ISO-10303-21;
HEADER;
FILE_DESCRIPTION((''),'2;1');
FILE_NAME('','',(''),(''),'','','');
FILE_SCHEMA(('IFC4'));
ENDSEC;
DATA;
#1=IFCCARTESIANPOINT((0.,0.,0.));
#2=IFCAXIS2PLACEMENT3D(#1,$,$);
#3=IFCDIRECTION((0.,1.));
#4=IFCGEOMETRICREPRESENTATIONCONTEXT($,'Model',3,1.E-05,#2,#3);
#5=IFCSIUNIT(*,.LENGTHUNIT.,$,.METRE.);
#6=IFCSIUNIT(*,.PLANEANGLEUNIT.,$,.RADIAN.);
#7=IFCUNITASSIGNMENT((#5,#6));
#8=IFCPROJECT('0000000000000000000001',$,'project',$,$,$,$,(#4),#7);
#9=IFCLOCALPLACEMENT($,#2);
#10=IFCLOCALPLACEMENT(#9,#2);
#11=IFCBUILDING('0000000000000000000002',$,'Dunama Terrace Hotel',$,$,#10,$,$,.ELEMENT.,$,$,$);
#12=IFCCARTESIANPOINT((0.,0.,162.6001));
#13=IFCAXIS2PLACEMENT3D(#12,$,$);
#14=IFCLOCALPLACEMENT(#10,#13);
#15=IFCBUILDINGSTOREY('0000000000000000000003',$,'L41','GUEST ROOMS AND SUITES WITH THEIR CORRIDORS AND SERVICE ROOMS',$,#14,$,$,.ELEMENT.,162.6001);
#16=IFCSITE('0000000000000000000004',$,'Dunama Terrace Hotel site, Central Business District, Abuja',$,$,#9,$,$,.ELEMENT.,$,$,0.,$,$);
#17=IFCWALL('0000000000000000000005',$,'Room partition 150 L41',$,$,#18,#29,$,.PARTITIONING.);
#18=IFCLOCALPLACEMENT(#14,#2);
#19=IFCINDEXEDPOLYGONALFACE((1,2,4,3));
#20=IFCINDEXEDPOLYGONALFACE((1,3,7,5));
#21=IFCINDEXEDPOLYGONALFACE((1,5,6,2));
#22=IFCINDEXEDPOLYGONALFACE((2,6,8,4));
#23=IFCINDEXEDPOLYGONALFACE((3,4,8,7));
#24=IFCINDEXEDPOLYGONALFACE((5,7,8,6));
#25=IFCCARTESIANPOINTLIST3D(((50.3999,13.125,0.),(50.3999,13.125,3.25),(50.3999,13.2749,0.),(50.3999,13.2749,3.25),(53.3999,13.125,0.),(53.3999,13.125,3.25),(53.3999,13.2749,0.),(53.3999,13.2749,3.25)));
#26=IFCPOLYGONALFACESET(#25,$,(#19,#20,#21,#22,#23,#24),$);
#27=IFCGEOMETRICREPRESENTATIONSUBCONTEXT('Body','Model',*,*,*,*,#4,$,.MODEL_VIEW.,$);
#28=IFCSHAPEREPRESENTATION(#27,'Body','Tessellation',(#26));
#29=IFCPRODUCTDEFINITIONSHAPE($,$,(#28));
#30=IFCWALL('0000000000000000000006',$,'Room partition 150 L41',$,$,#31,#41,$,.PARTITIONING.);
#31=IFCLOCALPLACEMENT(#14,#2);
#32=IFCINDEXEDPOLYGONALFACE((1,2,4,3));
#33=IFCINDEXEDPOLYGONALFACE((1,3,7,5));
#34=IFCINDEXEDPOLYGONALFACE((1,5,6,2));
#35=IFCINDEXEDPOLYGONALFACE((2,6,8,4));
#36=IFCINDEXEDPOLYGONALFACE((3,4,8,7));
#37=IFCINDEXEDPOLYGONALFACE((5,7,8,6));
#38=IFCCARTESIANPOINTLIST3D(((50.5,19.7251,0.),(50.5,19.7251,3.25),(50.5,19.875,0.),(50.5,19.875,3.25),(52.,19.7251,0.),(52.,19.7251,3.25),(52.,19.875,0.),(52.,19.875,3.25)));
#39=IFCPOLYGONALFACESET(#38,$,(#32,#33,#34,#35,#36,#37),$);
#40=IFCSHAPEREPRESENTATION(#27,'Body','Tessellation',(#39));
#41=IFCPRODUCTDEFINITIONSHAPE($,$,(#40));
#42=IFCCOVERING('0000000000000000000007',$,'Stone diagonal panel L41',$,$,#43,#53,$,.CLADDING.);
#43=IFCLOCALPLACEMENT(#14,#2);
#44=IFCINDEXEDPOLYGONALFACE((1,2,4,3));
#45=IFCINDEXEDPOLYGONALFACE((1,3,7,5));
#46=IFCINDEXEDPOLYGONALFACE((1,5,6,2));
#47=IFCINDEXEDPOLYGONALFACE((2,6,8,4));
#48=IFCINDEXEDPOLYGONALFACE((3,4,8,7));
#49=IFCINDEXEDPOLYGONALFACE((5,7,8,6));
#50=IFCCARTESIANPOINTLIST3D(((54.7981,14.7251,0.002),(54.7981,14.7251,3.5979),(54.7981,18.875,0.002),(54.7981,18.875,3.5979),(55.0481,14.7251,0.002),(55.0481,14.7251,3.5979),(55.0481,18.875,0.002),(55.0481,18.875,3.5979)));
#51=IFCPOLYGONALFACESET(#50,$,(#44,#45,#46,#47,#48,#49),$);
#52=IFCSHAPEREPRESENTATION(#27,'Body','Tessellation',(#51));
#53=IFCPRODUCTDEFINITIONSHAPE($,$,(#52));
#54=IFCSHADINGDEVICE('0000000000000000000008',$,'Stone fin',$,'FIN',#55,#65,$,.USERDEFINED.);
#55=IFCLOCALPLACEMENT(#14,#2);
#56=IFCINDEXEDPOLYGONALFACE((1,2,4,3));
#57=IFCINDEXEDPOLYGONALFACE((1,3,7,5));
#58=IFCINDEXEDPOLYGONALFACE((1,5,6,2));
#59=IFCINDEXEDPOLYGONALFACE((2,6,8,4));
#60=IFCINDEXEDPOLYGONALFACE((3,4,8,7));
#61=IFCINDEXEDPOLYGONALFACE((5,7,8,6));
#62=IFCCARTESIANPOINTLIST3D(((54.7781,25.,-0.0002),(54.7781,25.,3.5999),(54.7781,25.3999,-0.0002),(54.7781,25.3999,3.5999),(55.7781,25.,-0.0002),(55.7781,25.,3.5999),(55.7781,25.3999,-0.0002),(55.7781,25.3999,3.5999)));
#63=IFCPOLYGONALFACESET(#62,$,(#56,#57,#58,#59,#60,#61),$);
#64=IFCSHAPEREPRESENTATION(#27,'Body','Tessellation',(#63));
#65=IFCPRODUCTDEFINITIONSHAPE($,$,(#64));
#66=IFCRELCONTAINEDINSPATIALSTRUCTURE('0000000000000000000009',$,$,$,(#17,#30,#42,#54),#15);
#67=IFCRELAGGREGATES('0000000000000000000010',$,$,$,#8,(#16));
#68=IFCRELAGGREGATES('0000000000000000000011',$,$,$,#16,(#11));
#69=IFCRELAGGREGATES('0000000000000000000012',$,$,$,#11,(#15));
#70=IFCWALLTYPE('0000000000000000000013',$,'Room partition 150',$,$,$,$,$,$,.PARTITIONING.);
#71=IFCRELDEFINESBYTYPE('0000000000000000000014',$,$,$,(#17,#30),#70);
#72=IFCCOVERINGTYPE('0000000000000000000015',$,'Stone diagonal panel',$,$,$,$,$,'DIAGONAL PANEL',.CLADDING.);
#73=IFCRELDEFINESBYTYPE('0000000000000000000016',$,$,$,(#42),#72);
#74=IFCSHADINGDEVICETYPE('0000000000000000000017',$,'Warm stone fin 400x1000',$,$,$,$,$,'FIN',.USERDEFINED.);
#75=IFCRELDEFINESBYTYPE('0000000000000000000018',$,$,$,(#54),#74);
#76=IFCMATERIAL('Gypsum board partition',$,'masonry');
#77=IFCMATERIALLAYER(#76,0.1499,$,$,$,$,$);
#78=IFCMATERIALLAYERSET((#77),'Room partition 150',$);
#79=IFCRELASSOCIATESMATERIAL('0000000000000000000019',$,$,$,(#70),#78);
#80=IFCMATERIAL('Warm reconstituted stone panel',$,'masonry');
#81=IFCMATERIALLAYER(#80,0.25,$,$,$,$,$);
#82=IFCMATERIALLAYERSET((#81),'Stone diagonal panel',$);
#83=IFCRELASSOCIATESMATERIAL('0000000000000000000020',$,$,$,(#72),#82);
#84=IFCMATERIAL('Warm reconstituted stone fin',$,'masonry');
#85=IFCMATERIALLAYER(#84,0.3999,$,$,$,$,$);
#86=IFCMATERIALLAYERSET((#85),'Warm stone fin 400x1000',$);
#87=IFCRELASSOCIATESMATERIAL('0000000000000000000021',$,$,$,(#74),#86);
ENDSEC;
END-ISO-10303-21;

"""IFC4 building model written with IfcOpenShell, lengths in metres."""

from ifc_helpers import new_model, si_unit, direction, frame, frame_2d, origin, origin_2d, place, context, subcontext, project, spatial, rectangle, extrude, material, layer, layer_set, type_object, element, save


model = new_model("IFC4")

# Units and contexts
model_context = context("Model", 3, precision=1e-05, world=origin(), true_north=direction((0.0, 1.0)))
body_context = subcontext(model_context, "Body", "Model", "MODEL_VIEW")
ifc_project = project(units=[si_unit("LENGTHUNIT", "METRE"), si_unit("PLANEANGLEUNIT", "RADIAN")], contexts=[model_context])

# Site, building, storey
site_placement = place(None, origin())
site = spatial("IfcSite", under=ifc_project, at=site_placement, Name="Dunama Terrace Hotel site, Central Business District, Abuja", CompositionType="ELEMENT", RefElevation=0.0)
building_placement = place(site_placement, origin())
building = spatial("IfcBuilding", under=site, at=building_placement, Name="Dunama Terrace Hotel", CompositionType="ELEMENT")
storey_placement = place(building_placement, frame((0.0, 0.0, 162.6001)))
storey = spatial("IfcBuildingStorey", under=building, at=storey_placement, Name="L41", Description="GUEST ROOMS AND SUITES WITH THEIR CORRIDORS AND SERVICE ROOMS", CompositionType="ELEMENT", Elevation=162.6001)

# Shared definitions
ifc_material_1 = material(Name="Gypsum board partition", Category="masonry")
ifc_layer_1 = layer(ifc_material_1, 0.1499)
ifc_layer_set_1 = layer_set([ifc_layer_1], Name="Room partition 150")
wall_type_1 = type_object("IfcWallType", Name="Room partition 150", PredefinedType="PARTITIONING", material=ifc_layer_set_1)

# Walls
wall_1_placement = place(storey_placement, frame((50.3999, 13.2, 0.0), z_axis=(0.0, 0.0, 1.0), x_axis=(1.0, 0.0, 0.0)))
element("IfcWall", 1, at=wall_1_placement, inside=storey, type_object=wall_type_1, Name="Room partition 150 L41", PredefinedType="PARTITIONING", context=body_context, shape_type="SweptSolid", body=[
    extrude(rectangle(XDim=3.0, YDim=0.1499, at=frame_2d((1.5, 0.0))), origin(), (0.0, 0.0, 1.0), 3.25),
])
wall_2_placement = place(storey_placement, frame((50.5, 19.8, 0.0), z_axis=(0.0, 0.0, 1.0), x_axis=(1.0, 0.0, 0.0)))
element("IfcWall", 2, at=wall_2_placement, inside=storey, type_object=wall_type_1, Name="Room partition 150 L41", PredefinedType="PARTITIONING", context=body_context, shape_type="SweptSolid", body=[
    extrude(rectangle(XDim=1.5, YDim=0.1499, at=frame_2d((0.75, 0.0))), origin(), (0.0, 0.0, 1.0), 3.25),
])

# Covering
ifc_material_2 = material(Name="Warm reconstituted stone panel", Category="masonry")
ifc_layer_2 = layer(ifc_material_2, 0.25)
ifc_layer_set_2 = layer_set([ifc_layer_2], Name="Stone diagonal panel")
covering_type = type_object("IfcCoveringType", Name="Stone diagonal panel", ElementType="DIAGONAL PANEL", PredefinedType="CLADDING", material=ifc_layer_set_2)
covering_placement = place(storey_placement, frame((54.9231, 16.8, 0.002), z_axis=(0.0, 0.0, 1.0), x_axis=(0.0, 1.0, 0.0)))
element("IfcCovering", 3, at=covering_placement, inside=storey, type_object=covering_type, Name="Stone diagonal panel L41", PredefinedType="CLADDING", context=body_context, shape_type="SweptSolid", body=[
    extrude(rectangle(XDim=4.1499, YDim=0.25, at=origin_2d()), origin(), (0.0, 0.0, 1.0), 3.5959),
])

# Shading device
ifc_material_3 = material(Name="Warm reconstituted stone fin", Category="masonry")
ifc_layer_3 = layer(ifc_material_3, 0.3999)
ifc_layer_set_3 = layer_set([ifc_layer_3], Name="Warm stone fin 400x1000")
shading_device_type = type_object("IfcShadingDeviceType", Name="Warm stone fin 400x1000", ElementType="FIN", PredefinedType="USERDEFINED", material=ifc_layer_set_3)
shading_device_placement = place(storey_placement, frame((55.2781, 25.2, -0.0002), z_axis=(0.0, 0.0, 1.0), x_axis=(0.0, 1.0, 0.0)))
element("IfcShadingDevice", 4, at=shading_device_placement, inside=storey, type_object=shading_device_type, Name="Stone fin", ObjectType="FIN", PredefinedType="USERDEFINED", context=body_context, shape_type="SweptSolid", body=[
    extrude(rectangle(XDim=0.3999, YDim=1.0, at=origin_2d()), origin(), (0.0, 0.0, 1.0), 3.6001),
])

save(model, "model.ifc")
